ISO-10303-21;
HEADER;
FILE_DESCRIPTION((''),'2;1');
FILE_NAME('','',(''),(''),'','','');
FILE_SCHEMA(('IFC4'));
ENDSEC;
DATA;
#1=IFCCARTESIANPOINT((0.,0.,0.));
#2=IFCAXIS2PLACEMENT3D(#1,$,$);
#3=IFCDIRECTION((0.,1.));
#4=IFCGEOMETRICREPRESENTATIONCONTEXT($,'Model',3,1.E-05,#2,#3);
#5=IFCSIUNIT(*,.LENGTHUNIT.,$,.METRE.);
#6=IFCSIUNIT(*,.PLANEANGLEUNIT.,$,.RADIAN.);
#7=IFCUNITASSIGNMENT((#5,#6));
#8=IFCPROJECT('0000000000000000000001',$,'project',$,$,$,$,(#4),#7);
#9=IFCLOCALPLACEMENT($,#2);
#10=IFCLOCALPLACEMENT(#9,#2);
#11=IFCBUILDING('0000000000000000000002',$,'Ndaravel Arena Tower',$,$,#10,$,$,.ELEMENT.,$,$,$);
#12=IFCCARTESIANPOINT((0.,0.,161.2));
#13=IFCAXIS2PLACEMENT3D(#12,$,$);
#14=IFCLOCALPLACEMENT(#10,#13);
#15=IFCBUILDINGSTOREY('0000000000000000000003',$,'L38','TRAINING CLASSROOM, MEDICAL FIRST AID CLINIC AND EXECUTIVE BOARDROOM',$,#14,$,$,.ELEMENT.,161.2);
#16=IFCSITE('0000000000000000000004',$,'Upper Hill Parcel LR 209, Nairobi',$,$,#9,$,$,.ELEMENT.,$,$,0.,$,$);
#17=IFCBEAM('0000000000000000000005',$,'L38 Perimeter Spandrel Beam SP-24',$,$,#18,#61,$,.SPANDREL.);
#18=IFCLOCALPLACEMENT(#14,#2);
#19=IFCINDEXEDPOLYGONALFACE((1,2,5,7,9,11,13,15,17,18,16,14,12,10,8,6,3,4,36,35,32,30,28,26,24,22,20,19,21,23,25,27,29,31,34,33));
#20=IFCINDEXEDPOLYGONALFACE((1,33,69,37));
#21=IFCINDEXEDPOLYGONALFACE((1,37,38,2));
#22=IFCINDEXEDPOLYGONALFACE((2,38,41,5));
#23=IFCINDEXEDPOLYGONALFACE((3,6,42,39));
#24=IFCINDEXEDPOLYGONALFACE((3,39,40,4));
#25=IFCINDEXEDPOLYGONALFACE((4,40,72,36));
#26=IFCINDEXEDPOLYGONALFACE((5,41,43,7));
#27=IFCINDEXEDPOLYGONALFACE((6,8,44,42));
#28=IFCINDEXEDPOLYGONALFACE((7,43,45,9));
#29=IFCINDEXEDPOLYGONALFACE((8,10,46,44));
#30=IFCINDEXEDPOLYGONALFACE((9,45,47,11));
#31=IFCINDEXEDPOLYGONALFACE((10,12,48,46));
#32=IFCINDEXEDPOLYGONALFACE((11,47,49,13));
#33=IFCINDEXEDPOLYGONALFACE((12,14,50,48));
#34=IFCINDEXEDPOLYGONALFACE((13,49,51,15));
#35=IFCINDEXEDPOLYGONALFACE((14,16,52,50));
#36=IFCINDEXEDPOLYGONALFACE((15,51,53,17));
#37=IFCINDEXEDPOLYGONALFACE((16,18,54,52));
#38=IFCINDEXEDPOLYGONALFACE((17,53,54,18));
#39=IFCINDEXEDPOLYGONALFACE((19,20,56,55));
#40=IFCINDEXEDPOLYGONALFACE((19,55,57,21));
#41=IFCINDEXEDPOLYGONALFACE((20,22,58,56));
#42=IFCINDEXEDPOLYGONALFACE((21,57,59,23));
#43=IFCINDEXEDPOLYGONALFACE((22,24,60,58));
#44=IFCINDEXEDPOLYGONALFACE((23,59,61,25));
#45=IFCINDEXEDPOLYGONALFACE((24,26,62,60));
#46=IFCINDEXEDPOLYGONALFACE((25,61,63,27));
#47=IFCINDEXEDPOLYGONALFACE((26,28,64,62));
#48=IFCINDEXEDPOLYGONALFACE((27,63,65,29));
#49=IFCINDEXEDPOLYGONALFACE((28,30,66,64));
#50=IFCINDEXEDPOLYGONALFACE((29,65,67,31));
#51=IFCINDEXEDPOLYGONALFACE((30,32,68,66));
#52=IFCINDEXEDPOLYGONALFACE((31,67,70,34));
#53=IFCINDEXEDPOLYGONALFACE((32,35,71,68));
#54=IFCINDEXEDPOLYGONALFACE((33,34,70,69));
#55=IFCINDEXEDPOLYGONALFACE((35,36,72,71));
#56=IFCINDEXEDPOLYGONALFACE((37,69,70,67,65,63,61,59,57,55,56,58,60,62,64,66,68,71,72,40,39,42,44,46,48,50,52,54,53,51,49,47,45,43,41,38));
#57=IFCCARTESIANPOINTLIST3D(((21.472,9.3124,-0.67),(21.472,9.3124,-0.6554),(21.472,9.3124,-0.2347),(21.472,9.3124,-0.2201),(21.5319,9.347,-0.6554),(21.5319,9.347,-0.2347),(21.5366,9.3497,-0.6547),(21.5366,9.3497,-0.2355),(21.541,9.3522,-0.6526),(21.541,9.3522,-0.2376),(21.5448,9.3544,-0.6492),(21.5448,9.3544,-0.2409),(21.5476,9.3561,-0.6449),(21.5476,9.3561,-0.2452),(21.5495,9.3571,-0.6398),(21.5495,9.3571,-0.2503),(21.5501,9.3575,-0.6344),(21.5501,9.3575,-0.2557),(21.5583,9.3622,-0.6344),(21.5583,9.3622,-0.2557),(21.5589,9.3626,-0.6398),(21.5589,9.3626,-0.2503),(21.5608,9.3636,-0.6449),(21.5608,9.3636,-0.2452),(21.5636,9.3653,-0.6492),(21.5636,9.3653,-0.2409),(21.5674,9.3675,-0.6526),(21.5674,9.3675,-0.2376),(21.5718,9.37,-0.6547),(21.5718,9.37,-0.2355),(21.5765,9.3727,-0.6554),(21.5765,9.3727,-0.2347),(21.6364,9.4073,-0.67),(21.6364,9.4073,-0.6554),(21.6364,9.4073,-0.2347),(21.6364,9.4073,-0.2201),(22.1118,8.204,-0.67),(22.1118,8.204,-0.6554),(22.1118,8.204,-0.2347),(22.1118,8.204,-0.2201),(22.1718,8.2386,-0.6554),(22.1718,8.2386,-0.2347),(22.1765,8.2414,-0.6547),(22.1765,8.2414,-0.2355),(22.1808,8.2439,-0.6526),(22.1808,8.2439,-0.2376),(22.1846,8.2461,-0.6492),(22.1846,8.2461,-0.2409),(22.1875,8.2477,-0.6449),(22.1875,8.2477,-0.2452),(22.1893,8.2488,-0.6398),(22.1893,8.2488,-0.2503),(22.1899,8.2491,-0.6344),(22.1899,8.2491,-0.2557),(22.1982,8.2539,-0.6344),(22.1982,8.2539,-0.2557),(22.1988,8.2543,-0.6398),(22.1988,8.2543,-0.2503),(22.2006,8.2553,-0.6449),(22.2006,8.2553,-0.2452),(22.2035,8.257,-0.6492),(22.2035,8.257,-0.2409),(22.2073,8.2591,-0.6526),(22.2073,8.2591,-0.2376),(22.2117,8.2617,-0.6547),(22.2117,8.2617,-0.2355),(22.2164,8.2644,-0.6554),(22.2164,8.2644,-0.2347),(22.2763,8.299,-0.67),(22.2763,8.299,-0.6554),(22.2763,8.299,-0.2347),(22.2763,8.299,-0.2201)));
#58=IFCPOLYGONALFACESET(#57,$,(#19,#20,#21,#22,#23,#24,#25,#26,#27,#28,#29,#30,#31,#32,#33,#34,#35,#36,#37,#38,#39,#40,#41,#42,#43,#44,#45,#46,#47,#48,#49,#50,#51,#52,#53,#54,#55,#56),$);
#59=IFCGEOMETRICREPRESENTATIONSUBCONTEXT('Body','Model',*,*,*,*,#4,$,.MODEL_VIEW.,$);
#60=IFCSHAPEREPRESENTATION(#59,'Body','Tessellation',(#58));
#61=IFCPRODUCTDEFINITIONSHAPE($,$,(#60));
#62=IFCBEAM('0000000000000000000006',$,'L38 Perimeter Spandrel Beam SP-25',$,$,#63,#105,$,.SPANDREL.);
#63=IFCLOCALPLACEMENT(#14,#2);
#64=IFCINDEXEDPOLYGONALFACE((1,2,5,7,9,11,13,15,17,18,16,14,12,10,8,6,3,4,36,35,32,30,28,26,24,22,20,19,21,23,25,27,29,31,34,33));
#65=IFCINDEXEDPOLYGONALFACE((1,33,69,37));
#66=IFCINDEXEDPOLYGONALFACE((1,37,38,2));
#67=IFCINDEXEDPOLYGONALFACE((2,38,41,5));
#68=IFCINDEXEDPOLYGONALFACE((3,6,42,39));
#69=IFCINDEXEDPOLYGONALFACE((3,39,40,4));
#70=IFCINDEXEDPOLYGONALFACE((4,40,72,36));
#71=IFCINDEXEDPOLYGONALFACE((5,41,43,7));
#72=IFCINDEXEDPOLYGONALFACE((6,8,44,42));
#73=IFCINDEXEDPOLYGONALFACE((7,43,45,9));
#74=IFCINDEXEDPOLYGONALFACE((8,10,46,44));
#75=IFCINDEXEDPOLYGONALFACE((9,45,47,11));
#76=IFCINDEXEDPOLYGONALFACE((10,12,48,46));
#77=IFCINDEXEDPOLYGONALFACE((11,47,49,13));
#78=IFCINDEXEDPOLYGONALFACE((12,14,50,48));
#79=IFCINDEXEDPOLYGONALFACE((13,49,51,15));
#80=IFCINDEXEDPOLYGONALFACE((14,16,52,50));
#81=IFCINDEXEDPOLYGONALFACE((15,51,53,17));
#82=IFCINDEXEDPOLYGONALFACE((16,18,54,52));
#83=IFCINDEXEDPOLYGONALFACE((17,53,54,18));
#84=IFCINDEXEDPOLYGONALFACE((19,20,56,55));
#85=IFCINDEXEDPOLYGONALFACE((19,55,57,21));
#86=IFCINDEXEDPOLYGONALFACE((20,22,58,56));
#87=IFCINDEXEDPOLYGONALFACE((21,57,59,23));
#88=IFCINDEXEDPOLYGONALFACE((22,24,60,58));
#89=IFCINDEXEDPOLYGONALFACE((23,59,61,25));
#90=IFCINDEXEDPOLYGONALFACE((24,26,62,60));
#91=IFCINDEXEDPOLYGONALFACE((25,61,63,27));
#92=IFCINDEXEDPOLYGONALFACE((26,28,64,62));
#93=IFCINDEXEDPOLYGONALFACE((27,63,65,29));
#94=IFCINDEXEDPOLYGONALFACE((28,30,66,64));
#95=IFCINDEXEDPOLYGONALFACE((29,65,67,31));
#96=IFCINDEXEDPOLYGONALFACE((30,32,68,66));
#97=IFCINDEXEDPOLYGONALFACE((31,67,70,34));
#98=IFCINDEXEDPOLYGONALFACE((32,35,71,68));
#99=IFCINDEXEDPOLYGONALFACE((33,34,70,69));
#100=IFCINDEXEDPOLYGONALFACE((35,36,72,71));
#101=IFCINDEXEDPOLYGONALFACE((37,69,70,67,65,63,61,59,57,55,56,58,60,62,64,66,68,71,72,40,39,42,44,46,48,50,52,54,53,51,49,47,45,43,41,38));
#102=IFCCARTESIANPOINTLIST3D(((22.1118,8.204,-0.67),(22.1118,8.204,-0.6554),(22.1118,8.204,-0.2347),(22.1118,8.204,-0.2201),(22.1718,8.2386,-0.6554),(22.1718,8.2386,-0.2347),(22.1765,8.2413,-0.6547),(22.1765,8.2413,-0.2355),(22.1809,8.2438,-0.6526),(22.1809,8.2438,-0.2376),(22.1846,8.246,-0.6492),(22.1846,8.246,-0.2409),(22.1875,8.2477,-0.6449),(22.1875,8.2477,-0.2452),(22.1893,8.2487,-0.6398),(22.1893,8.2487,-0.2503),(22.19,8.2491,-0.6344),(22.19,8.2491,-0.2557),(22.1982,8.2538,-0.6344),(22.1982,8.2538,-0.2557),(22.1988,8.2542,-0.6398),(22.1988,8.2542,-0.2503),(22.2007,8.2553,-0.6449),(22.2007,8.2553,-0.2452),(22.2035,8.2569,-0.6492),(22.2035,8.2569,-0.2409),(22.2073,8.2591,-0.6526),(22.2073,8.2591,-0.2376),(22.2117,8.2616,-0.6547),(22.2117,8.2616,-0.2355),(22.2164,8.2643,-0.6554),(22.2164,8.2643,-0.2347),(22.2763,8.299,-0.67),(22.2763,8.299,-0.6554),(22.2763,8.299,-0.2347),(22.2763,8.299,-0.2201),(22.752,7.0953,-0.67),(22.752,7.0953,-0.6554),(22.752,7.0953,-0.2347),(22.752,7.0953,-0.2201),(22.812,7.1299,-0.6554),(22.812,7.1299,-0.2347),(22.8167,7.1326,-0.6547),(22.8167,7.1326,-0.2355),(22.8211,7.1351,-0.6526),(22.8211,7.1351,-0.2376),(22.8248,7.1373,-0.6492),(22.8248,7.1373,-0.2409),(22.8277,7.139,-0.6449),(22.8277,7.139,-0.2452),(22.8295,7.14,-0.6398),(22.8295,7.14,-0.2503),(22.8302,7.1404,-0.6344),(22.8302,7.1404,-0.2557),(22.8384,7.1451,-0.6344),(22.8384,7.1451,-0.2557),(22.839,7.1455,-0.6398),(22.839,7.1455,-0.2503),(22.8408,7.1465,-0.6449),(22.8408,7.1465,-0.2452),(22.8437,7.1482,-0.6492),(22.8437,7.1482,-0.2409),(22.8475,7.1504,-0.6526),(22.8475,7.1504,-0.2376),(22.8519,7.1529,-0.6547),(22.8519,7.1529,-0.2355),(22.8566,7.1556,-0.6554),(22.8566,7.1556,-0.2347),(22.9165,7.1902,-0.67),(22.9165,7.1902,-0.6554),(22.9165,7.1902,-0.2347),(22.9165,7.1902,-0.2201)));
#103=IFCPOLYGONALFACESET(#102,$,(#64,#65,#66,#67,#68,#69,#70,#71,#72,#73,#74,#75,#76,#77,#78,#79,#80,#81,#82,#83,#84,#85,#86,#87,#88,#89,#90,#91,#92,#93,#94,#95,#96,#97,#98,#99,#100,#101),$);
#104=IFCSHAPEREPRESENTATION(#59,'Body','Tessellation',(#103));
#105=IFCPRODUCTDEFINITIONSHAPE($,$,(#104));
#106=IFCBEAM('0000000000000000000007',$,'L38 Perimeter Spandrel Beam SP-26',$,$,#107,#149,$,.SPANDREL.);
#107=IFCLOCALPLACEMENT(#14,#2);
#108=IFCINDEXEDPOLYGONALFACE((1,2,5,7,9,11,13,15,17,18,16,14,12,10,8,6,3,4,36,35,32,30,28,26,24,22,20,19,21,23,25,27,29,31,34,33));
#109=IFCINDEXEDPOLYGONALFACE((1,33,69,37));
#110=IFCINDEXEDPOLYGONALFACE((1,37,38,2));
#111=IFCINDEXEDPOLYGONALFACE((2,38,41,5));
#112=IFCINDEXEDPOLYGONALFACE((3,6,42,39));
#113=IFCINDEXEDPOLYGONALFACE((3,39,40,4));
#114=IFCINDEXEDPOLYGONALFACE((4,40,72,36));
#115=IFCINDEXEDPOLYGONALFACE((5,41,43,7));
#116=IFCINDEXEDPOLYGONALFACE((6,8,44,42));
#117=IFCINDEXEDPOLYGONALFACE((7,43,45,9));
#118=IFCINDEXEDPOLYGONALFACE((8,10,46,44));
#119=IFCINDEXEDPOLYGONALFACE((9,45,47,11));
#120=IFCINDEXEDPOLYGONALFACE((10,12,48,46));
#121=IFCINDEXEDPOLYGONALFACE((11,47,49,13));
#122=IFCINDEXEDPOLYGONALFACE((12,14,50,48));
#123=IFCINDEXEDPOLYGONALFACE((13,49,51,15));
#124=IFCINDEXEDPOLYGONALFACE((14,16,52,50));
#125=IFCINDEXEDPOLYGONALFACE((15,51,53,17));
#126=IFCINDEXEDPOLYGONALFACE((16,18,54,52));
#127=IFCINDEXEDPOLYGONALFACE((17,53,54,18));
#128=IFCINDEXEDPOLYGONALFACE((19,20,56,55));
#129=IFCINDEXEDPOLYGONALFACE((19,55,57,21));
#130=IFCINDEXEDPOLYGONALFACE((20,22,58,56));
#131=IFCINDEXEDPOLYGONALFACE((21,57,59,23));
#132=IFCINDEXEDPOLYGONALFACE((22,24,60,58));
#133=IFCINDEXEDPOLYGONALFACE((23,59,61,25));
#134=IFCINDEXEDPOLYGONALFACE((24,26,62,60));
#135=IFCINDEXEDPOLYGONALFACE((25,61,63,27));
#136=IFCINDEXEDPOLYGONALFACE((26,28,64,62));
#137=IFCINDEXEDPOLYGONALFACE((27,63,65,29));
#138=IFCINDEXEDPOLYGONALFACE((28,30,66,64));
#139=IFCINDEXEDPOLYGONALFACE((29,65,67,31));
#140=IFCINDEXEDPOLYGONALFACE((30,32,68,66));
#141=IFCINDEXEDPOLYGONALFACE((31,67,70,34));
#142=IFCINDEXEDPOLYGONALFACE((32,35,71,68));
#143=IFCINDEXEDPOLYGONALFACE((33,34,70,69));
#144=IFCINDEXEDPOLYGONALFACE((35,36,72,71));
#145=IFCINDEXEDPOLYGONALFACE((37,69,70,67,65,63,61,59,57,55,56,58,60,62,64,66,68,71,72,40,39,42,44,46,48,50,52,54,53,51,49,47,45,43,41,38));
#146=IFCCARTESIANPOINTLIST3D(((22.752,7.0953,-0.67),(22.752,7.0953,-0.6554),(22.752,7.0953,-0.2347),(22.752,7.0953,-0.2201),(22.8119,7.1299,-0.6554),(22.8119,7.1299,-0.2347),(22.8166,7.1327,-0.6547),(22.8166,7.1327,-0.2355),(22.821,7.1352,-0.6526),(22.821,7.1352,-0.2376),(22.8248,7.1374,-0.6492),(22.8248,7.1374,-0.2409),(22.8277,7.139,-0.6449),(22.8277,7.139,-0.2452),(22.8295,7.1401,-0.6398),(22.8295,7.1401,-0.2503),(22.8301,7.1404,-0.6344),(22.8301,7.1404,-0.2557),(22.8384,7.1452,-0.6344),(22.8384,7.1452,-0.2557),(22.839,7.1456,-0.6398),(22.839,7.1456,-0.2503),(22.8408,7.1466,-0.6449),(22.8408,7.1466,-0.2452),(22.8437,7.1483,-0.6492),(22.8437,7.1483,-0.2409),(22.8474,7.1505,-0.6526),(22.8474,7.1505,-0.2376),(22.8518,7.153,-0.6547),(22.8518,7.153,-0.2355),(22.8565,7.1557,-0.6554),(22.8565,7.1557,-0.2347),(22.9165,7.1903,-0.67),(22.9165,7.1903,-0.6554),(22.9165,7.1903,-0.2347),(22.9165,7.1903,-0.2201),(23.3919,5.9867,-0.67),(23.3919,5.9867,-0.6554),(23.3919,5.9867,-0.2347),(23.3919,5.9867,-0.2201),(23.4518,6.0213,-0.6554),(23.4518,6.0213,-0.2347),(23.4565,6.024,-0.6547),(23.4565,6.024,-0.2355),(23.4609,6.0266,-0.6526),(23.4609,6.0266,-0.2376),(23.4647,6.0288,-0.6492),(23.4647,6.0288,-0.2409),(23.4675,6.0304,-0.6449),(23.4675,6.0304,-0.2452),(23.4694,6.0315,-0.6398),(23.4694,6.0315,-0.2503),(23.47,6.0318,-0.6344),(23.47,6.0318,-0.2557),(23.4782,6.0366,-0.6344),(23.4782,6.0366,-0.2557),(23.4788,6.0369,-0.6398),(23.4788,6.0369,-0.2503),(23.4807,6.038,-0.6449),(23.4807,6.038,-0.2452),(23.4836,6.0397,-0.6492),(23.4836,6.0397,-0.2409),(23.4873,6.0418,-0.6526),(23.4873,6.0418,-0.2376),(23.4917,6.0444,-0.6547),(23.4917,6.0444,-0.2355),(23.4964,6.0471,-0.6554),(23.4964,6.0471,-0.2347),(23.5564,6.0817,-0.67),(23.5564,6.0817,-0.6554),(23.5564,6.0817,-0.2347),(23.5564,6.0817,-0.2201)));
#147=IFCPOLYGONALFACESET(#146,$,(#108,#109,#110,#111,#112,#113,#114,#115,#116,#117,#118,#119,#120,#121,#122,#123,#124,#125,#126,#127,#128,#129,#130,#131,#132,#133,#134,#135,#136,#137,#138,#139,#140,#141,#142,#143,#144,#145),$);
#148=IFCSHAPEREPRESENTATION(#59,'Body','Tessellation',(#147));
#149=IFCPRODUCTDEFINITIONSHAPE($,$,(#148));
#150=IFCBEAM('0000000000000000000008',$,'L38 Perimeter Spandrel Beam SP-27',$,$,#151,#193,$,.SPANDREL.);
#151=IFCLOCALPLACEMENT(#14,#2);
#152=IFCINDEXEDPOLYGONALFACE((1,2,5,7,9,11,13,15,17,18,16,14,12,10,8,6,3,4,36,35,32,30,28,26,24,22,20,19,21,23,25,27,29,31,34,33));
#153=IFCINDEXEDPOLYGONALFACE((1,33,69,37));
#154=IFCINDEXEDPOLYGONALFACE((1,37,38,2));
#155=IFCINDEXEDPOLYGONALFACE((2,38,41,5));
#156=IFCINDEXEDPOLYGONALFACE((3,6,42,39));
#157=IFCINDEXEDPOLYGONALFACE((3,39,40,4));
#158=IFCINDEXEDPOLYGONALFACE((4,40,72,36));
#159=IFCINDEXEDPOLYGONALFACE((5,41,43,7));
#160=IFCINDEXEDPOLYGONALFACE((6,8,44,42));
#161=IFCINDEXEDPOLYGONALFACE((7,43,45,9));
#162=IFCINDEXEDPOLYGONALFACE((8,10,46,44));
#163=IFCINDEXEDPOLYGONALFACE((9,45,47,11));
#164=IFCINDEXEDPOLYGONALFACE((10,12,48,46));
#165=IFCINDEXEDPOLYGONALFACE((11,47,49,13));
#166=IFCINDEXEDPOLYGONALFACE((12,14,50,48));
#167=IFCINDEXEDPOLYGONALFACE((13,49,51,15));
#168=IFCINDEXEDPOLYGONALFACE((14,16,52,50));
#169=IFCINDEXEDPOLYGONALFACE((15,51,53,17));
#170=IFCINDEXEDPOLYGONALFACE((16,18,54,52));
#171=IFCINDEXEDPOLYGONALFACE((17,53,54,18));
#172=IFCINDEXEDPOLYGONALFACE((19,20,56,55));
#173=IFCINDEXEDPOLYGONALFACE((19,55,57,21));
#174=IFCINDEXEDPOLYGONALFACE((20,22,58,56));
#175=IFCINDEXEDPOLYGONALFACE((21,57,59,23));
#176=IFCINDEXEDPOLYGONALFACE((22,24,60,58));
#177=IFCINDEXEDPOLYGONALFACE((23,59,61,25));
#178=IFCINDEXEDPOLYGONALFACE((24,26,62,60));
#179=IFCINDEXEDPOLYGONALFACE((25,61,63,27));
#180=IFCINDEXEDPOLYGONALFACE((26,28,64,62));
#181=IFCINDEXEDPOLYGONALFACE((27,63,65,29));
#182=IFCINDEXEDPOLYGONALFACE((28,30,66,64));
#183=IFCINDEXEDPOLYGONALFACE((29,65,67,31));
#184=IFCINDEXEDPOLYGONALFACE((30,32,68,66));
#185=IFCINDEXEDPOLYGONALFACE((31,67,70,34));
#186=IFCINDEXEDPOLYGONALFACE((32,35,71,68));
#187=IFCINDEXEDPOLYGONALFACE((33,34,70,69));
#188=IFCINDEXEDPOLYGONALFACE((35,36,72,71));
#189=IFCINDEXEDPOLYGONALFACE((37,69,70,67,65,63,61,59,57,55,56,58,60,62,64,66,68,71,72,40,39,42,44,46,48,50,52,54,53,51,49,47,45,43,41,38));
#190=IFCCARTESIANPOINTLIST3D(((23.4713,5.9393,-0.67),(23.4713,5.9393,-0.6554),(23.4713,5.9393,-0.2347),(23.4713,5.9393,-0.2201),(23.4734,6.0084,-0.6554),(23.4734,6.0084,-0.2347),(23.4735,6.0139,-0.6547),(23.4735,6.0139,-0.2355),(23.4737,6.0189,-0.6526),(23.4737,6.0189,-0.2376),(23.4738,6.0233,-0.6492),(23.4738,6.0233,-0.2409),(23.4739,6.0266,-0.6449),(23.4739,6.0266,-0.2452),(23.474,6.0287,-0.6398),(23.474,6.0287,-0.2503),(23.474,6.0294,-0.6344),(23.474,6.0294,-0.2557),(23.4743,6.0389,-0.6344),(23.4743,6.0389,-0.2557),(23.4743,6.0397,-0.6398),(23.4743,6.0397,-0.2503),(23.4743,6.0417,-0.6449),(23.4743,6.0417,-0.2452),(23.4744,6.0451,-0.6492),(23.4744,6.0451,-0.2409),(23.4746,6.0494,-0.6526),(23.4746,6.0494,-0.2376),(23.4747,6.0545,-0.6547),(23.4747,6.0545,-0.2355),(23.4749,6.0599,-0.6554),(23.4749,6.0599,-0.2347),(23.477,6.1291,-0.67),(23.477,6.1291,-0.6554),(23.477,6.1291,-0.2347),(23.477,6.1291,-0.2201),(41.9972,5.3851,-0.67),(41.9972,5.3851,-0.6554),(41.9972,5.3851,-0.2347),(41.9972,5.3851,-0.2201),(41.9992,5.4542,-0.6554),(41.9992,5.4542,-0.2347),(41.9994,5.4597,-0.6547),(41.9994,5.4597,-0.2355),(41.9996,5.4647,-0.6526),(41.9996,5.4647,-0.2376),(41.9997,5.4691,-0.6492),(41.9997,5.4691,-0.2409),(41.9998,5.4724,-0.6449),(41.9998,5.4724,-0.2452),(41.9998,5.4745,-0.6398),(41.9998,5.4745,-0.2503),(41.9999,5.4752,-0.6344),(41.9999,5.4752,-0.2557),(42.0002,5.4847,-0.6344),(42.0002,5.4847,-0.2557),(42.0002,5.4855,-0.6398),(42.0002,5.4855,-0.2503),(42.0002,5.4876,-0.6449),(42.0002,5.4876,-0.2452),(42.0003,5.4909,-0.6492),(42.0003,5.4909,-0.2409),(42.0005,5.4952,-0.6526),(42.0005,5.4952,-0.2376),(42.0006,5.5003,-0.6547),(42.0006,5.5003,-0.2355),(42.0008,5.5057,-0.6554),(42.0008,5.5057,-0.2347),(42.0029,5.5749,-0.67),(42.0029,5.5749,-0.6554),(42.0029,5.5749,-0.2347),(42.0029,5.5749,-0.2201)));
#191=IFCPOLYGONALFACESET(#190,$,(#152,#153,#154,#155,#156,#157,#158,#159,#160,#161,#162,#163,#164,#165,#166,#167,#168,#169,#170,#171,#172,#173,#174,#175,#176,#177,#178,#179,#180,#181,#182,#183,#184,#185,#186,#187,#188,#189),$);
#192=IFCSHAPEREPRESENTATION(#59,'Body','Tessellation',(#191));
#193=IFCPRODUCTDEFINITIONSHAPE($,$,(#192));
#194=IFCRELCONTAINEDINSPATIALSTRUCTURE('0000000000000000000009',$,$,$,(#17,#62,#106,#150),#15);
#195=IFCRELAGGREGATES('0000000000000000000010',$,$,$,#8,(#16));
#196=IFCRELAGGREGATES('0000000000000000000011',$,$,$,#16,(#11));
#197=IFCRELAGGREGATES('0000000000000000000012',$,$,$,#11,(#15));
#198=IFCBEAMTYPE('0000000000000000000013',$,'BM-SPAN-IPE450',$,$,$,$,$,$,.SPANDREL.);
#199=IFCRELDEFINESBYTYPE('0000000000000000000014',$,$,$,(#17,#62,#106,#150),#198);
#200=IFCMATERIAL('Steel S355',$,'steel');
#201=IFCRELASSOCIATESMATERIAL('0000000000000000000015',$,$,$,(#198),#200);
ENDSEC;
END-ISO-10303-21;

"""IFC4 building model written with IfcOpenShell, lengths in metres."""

from ifc_helpers import new_model, si_unit, direction, frame, origin, origin_2d, place, context, subcontext, project, spatial, i_section, extrude, material, material_profile, profile_set, type_object, element, save


model = new_model("IFC4")

# Units and contexts
model_context = context("Model", 3, precision=1e-05, world=origin(), true_north=direction((0.0, 1.0)))
body_context = subcontext(model_context, "Body", "Model", "MODEL_VIEW")
ifc_project = project(units=[si_unit("LENGTHUNIT", "METRE"), si_unit("PLANEANGLEUNIT", "RADIAN")], contexts=[model_context])

# Site, building, storey
site_placement = place(None, origin())
site = spatial("IfcSite", under=ifc_project, at=site_placement, Name="Upper Hill Parcel LR 209, Nairobi", CompositionType="ELEMENT", RefElevation=0.0)
building_placement = place(site_placement, origin())
building = spatial("IfcBuilding", under=site, at=building_placement, Name="Ndaravel Arena Tower", CompositionType="ELEMENT")
storey_placement = place(building_placement, frame((0.0, 0.0, 161.2)))
storey = spatial("IfcBuildingStorey", under=building, at=storey_placement, Name="L38", Description="TRAINING CLASSROOM, MEDICAL FIRST AID CLINIC AND EXECUTIVE BOARDROOM", CompositionType="ELEMENT", Elevation=161.2)

# Beams
ifc_material_1 = material(Name="Steel S355", Category="steel")
ifc_material_profile_1 = material_profile(ifc_material_1, i_section(OverallWidth=0.1899, OverallDepth=0.45, WebThickness=0.0095, FlangeThickness=0.0146, FilletRadius=0.021, at=origin_2d()), Name="IPE 450")
ifc_profile_set_1 = profile_set([ifc_material_profile_1], Name="Steel S355")
beam_type = type_object("IfcBeamType", Name="BM-SPAN-IPE450", PredefinedType="SPANDREL", material=ifc_profile_set_1)
beam_1_placement = place(storey_placement, frame((21.5542, 9.3599, -0.4451), z_axis=(0.499976, -0.866039, 0.0), x_axis=(0.866039, 0.499976, 0.0)))
element("IfcBeam", 1, at=beam_1_placement, inside=storey, type_object=beam_type, Name="L38 Perimeter Spandrel Beam SP-24", PredefinedType="SPANDREL", context=body_context, shape_type="SweptSolid", body=[
    extrude(i_section(OverallWidth=0.1899, OverallDepth=0.45, WebThickness=0.0095, FlangeThickness=0.0146, FilletRadius=0.021, at=origin_2d()), origin(), (0.0, 0.0, 1.0), 1.2798),
])
beam_2_placement = place(storey_placement, frame((22.1941, 8.2515, -0.4451), z_axis=(0.500036, -0.866005, 0.0), x_axis=(0.866005, 0.500036, 0.0)))
element("IfcBeam", 2, at=beam_2_placement, inside=storey, type_object=beam_type, Name="L38 Perimeter Spandrel Beam SP-25", PredefinedType="SPANDREL", context=body_context, shape_type="SweptSolid", body=[
    extrude(i_section(OverallWidth=0.1899, OverallDepth=0.45, WebThickness=0.0095, FlangeThickness=0.0146, FilletRadius=0.021, at=origin_2d()), origin(), (0.0, 0.0, 1.0), 1.2803),
])
beam_3_placement = place(storey_placement, frame((22.8342, 7.1428, -0.4451), z_axis=(0.499893, -0.866087, 0.0), x_axis=(0.866087, 0.499893, 0.0)))
element("IfcBeam", 3, at=beam_3_placement, inside=storey, type_object=beam_type, Name="L38 Perimeter Spandrel Beam SP-26", PredefinedType="SPANDREL", context=body_context, shape_type="SweptSolid", body=[
    extrude(i_section(OverallWidth=0.1899, OverallDepth=0.45, WebThickness=0.0095, FlangeThickness=0.0146, FilletRadius=0.021, at=origin_2d()), origin(), (0.0, 0.0, 1.0), 1.28),
])
beam_4_placement = place(storey_placement, frame((23.4741, 6.0342, -0.4451), z_axis=(0.999553, -0.029901, 0.0), x_axis=(0.029901, 0.999553, 0.0)))
element("IfcBeam", 4, at=beam_4_placement, inside=storey, type_object=beam_type, Name="L38 Perimeter Spandrel Beam SP-27", PredefinedType="SPANDREL", context=body_context, shape_type="SweptSolid", body=[
    extrude(i_section(OverallWidth=0.1899, OverallDepth=0.45, WebThickness=0.0095, FlangeThickness=0.0146, FilletRadius=0.021, at=origin_2d()), origin(), (0.0, 0.0, 1.0), 18.5342),
])

save(model, "model.ifc")
